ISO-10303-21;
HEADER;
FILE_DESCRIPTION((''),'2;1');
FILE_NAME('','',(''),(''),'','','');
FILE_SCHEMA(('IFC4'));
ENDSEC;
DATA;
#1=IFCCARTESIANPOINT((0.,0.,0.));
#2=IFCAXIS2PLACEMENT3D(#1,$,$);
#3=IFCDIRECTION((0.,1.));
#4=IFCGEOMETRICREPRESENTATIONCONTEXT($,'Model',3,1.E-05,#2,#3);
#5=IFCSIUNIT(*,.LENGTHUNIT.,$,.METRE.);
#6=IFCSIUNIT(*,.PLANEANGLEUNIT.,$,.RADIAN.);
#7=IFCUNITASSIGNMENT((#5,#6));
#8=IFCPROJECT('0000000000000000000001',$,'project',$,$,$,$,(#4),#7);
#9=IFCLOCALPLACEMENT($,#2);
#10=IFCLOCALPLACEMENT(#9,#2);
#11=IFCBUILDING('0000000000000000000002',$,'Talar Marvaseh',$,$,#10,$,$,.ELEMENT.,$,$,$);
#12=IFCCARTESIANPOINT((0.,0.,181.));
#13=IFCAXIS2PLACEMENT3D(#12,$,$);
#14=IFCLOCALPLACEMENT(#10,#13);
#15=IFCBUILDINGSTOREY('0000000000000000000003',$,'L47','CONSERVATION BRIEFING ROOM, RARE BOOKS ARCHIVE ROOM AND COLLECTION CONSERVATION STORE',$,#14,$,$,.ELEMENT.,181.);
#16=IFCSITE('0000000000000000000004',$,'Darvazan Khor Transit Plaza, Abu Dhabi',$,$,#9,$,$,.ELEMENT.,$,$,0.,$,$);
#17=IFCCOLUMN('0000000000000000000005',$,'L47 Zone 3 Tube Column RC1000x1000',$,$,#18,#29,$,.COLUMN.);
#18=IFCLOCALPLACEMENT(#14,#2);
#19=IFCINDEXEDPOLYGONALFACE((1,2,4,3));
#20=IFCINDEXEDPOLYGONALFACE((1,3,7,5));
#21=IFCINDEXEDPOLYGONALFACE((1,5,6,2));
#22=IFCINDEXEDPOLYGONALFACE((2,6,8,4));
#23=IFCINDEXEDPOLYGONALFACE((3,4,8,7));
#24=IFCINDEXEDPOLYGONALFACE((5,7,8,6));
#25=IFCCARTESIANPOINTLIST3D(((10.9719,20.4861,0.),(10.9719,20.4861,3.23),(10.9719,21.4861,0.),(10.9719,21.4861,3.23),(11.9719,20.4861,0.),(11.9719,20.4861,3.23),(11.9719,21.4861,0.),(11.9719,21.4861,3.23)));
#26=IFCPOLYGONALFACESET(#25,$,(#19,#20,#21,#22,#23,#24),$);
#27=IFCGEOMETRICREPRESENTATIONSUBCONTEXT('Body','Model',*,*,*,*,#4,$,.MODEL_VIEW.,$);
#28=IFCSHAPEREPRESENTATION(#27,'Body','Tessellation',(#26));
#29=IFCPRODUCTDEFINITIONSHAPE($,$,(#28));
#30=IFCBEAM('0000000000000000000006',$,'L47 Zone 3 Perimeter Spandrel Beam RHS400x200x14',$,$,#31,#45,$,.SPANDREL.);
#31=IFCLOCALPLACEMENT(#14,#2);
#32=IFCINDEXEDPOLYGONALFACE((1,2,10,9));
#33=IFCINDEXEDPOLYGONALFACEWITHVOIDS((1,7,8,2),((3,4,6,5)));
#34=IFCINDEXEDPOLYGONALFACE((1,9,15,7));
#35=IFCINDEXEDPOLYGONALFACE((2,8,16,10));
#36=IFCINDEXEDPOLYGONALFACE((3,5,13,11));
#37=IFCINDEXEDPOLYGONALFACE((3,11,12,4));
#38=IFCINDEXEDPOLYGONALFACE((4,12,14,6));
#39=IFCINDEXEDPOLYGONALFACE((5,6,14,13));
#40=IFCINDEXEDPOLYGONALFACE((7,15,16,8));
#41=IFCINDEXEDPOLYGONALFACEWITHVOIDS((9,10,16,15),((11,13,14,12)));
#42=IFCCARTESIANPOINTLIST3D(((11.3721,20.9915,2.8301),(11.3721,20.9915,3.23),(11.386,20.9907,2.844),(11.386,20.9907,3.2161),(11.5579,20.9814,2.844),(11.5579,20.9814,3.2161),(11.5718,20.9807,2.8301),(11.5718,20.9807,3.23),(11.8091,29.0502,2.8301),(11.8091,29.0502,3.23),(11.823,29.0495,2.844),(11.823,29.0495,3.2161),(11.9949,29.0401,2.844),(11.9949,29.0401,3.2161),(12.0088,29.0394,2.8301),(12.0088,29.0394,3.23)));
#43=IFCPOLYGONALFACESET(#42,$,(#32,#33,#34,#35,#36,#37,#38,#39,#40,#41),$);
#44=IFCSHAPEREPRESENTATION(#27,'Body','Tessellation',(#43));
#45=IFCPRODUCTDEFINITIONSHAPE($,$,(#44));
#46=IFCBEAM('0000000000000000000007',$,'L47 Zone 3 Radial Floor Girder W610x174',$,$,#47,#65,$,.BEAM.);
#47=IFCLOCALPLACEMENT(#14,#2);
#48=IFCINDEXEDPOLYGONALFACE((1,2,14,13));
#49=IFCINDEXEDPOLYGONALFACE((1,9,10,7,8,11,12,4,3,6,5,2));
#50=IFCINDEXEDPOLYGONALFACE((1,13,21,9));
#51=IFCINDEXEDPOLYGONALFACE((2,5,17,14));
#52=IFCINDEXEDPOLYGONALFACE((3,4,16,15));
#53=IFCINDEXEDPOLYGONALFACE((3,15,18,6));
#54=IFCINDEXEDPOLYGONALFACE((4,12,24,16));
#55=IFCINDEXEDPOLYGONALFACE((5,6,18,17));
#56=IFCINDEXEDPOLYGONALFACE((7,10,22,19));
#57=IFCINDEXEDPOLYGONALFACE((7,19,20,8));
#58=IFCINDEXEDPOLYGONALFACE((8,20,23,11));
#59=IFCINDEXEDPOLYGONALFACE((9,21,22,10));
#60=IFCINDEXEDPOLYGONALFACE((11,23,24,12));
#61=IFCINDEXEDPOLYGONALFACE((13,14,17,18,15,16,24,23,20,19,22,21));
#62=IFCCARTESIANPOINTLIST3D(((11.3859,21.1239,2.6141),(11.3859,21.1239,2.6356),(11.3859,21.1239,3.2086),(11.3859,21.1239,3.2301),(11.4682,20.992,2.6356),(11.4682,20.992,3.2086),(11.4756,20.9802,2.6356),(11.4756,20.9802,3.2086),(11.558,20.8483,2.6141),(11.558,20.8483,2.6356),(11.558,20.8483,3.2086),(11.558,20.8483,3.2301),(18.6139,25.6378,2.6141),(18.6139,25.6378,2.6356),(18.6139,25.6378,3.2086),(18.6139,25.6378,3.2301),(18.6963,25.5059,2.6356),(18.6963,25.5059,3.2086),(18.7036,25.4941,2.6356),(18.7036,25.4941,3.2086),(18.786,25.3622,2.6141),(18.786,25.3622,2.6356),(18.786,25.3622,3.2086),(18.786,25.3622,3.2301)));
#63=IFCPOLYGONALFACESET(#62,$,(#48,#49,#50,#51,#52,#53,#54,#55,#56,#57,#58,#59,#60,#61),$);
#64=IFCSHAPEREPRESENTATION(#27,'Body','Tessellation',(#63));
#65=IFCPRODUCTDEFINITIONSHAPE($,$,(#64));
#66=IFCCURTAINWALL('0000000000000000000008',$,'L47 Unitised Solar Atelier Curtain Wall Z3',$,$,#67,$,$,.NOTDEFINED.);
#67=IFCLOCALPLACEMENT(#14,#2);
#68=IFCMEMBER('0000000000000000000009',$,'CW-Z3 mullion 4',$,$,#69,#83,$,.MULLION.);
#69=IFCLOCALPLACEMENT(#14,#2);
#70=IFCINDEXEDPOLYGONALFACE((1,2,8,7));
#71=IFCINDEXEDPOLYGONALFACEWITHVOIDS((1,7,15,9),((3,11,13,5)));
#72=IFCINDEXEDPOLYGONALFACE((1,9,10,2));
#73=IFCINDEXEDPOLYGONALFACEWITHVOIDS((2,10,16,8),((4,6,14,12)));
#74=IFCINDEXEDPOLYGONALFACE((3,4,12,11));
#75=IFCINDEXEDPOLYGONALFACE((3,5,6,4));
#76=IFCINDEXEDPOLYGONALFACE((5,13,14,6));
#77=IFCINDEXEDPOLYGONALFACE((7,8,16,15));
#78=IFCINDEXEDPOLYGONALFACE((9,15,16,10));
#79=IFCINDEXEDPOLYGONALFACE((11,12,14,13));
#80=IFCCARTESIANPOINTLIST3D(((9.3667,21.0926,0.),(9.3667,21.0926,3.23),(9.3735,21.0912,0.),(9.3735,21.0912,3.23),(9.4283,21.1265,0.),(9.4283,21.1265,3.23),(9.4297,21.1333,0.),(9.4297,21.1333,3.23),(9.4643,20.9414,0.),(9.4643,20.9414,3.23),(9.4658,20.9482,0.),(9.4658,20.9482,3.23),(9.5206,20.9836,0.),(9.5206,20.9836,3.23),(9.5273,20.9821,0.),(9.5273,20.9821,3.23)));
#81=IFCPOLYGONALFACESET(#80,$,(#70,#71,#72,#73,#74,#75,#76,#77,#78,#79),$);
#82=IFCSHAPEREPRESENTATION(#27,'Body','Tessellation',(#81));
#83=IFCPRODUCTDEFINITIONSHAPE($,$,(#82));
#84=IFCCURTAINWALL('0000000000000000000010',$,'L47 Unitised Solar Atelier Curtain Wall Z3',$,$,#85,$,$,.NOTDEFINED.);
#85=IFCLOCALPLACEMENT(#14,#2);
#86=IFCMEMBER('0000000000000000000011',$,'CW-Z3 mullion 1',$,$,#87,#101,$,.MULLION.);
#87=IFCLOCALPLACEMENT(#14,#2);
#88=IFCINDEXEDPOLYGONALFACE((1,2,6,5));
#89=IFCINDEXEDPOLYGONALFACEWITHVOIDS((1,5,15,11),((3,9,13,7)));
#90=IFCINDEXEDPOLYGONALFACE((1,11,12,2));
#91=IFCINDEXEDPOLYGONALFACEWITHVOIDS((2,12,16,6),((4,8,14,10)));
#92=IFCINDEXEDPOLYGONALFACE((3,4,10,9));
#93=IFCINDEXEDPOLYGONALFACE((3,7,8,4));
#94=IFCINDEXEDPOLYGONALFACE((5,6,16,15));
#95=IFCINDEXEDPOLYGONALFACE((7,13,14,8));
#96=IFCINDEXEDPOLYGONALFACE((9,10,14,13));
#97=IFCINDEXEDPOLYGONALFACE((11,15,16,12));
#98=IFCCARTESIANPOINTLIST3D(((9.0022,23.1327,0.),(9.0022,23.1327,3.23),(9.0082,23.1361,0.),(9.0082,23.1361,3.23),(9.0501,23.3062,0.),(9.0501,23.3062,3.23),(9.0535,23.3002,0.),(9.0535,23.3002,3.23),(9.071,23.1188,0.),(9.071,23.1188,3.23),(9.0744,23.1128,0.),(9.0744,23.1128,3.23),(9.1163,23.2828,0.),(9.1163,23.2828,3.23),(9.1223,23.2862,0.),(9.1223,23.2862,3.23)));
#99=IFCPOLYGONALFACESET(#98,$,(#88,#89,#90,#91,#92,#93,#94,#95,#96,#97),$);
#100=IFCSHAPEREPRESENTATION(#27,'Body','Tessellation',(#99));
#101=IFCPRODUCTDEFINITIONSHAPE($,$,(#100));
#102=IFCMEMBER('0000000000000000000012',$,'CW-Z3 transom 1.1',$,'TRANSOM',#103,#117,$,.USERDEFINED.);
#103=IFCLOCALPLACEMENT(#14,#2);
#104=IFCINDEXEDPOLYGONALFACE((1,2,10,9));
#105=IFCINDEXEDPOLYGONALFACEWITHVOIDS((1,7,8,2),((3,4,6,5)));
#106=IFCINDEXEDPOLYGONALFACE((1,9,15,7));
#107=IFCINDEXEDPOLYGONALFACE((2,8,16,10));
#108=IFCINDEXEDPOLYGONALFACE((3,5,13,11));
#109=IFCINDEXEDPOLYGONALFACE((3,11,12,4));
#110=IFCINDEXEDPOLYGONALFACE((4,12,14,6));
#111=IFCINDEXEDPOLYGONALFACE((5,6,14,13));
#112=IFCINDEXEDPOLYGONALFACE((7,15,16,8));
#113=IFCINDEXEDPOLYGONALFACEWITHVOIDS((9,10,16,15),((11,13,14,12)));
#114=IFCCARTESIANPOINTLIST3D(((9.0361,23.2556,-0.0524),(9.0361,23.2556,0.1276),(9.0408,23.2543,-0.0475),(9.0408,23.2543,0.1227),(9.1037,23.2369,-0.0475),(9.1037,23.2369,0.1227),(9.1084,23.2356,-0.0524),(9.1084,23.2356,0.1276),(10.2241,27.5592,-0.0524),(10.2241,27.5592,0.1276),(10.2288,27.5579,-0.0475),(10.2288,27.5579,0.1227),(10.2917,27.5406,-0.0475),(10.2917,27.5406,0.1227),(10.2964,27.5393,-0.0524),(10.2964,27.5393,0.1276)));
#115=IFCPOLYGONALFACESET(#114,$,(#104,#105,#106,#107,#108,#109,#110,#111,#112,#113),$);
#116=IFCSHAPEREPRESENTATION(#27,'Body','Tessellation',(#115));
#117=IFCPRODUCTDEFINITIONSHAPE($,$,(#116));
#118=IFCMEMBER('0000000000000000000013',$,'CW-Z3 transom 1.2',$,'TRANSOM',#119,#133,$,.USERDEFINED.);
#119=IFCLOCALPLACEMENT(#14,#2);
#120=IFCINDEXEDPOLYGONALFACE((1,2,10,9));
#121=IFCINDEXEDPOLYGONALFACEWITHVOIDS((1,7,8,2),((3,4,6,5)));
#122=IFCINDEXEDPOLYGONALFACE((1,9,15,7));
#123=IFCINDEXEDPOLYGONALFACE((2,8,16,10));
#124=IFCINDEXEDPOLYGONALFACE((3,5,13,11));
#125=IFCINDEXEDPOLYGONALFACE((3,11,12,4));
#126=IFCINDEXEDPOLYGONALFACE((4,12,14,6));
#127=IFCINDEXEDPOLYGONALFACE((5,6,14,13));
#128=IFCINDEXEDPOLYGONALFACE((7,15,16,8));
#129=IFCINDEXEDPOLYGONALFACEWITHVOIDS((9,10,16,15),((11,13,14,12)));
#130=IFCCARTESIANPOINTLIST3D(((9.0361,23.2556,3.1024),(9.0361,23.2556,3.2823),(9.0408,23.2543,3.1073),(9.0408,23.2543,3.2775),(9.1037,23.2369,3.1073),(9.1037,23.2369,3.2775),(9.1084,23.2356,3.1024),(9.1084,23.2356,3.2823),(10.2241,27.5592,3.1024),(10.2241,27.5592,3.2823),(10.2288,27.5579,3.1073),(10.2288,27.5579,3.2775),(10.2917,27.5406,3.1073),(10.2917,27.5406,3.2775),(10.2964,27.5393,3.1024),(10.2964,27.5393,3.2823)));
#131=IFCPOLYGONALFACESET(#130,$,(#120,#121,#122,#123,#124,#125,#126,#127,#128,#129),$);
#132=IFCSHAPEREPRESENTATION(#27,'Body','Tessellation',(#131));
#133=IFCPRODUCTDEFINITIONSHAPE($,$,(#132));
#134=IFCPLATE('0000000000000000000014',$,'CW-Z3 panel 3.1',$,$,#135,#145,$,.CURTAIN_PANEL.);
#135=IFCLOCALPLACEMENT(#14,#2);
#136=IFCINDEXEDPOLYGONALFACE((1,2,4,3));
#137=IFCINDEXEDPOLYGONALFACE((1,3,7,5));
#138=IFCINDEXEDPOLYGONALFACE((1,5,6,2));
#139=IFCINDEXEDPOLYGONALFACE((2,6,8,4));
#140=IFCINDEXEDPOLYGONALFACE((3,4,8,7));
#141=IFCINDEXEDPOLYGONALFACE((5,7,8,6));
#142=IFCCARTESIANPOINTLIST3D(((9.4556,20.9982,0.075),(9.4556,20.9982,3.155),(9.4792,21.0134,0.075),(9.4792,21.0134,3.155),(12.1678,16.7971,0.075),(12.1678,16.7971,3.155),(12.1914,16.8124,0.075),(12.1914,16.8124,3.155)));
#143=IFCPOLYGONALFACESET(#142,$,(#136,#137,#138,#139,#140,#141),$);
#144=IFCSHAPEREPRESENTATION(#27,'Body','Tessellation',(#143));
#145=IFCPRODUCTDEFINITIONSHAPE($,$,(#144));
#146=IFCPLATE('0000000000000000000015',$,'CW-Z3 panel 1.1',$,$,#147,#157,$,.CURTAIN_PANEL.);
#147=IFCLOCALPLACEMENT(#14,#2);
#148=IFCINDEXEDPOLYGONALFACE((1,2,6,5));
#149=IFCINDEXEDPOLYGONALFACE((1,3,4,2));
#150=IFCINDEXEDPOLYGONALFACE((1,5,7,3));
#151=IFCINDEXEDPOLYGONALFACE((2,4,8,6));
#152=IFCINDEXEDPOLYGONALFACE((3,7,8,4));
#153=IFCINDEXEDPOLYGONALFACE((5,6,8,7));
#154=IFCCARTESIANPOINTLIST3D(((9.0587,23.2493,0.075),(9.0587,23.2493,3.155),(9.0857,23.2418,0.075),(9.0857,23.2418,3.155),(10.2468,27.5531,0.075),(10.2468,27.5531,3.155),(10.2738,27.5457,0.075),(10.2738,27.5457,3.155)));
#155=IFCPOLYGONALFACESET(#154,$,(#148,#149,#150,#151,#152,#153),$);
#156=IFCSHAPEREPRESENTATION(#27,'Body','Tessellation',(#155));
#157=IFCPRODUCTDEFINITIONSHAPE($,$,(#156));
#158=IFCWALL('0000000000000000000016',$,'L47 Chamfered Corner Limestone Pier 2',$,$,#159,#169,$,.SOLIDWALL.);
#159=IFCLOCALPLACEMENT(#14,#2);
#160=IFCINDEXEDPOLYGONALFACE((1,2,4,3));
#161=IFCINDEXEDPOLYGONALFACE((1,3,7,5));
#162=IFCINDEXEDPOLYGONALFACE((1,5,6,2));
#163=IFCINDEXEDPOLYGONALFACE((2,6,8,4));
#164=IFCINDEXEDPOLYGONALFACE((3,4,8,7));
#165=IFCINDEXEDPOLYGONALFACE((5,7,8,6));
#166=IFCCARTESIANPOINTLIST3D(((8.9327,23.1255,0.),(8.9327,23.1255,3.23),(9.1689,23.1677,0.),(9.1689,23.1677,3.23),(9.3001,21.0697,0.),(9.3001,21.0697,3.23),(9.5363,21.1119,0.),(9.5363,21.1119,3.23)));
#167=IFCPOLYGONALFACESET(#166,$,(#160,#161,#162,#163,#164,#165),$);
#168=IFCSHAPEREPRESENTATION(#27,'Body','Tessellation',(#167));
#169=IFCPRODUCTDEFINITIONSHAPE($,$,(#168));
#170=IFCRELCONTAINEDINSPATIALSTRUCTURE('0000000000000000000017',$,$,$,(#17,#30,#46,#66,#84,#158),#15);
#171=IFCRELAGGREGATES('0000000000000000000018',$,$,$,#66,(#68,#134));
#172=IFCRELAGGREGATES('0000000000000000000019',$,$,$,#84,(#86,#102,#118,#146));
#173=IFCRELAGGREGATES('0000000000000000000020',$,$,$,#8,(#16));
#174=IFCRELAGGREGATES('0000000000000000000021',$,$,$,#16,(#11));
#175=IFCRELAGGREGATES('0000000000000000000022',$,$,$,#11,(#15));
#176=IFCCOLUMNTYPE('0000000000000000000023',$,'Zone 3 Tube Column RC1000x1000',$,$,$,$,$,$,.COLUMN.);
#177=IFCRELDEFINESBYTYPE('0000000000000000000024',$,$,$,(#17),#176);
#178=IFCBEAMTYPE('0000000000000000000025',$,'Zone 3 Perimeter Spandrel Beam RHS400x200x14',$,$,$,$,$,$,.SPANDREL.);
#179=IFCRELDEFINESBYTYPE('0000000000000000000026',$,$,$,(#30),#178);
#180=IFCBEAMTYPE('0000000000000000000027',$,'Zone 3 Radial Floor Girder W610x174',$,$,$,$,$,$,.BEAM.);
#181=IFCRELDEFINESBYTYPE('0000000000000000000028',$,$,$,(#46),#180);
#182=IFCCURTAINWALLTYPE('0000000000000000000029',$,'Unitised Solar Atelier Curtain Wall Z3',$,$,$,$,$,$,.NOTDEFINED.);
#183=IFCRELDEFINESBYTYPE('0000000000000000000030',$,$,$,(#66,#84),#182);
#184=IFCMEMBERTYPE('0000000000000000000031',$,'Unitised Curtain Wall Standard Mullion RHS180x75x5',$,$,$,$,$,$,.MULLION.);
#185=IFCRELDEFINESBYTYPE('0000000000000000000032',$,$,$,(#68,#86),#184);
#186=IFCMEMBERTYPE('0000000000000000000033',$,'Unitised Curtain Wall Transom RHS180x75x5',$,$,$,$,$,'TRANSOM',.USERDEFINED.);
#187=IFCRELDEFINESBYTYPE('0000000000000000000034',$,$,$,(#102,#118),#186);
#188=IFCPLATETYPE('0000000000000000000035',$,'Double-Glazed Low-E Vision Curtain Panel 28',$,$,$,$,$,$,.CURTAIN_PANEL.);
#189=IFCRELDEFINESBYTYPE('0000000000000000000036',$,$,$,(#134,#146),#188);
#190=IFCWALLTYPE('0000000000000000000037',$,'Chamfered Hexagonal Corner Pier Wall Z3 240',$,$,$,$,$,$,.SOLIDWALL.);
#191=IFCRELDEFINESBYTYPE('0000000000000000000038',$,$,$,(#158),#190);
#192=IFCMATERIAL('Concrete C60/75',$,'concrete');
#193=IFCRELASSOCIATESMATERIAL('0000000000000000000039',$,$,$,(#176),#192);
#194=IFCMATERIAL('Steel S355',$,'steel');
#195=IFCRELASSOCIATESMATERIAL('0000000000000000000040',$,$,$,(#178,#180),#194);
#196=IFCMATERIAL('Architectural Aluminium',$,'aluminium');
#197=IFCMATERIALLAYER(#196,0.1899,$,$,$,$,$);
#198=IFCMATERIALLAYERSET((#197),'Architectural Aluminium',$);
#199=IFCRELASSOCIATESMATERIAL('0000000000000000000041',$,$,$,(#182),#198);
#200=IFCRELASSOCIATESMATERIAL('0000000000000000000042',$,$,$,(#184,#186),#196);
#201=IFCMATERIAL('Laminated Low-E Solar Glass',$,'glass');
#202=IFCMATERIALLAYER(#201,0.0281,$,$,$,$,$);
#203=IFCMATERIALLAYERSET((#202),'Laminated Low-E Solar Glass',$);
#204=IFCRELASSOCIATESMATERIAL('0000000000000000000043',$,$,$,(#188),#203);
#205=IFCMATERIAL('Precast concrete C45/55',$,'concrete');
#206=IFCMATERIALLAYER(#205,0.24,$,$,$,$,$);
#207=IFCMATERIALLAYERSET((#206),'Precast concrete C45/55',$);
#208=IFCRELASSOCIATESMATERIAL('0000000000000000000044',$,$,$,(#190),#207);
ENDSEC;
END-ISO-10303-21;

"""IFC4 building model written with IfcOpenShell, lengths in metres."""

from ifc_helpers import new_model, si_unit, direction, frame, frame_2d, origin, origin_2d, place, context, subcontext, project, spatial, rectangle, hollow_rectangle, i_section, extrude, source, transform, mapped, material, layer, layer_set, material_profile, profile_set, type_object, type_shapes, element, aggregate, save


model = new_model("IFC4")

# Units and contexts
model_context = context("Model", 3, precision=1e-05, world=origin(), true_north=direction((0.0, 1.0)))
body_context = subcontext(model_context, "Body", "Model", "MODEL_VIEW")
ifc_project = project(units=[si_unit("LENGTHUNIT", "METRE"), si_unit("PLANEANGLEUNIT", "RADIAN")], contexts=[model_context])

# Site, building, storey
site_placement = place(None, origin())
site = spatial("IfcSite", under=ifc_project, at=site_placement, Name="Darvazan Khor Transit Plaza, Abu Dhabi", CompositionType="ELEMENT", RefElevation=0.0)
building_placement = place(site_placement, origin())
building = spatial("IfcBuilding", under=site, at=building_placement, Name="Talar Marvaseh", CompositionType="ELEMENT")
storey_placement = place(building_placement, frame((0.0, 0.0, 181.0)))
storey = spatial("IfcBuildingStorey", under=building, at=storey_placement, Name="L47", Description="CONSERVATION BRIEFING ROOM, RARE BOOKS ARCHIVE ROOM AND COLLECTION CONSERVATION STORE", CompositionType="ELEMENT", Elevation=181.0)

# Column
ifc_material_1 = material(Name="Concrete C60/75", Category="concrete")
ifc_material_profile_1 = material_profile(ifc_material_1, rectangle(XDim=1.0, YDim=1.0, at=origin_2d()), Name="RC1000x1000")
ifc_profile_set_1 = profile_set([ifc_material_profile_1], Name="Concrete C60/75")
column_type = type_object("IfcColumnType", Name="Zone 3 Tube Column RC1000x1000", PredefinedType="COLUMN", material=ifc_profile_set_1)
column_placement = place(storey_placement, frame((11.4719, 20.9861, 0.0), z_axis=(0.0, 0.0, 1.0), x_axis=(1.0, 0.0, 0.0)))
element("IfcColumn", 1, at=column_placement, inside=storey, type_object=column_type, Name="L47 Zone 3 Tube Column RC1000x1000", PredefinedType="COLUMN", context=body_context, shape_type="SweptSolid", body=[
    extrude(rectangle(XDim=1.0, YDim=1.0, at=origin_2d()), origin(), (0.0, 0.0, 1.0), 3.23),
])

# Beams
ifc_material_2 = material(Name="Steel S355", Category="steel")
ifc_material_profile_2 = material_profile(ifc_material_2, hollow_rectangle(XDim=0.2, YDim=0.3999, WallThickness=0.0139, at=origin_2d()), Name="RHS400x200x14")
ifc_profile_set_2 = profile_set([ifc_material_profile_2], Name="Steel S355")
beam_type_1 = type_object("IfcBeamType", Name="Zone 3 Perimeter Spandrel Beam RHS400x200x14", PredefinedType="SPANDREL", material=ifc_profile_set_2)
beam_1_placement = place(storey_placement, frame((11.4719, 20.9861, 3.03), z_axis=(0.054148, 0.998533, 0.0), x_axis=(-0.998533, 0.054148, 0.0)))
element("IfcBeam", 2, at=beam_1_placement, inside=storey, type_object=beam_type_1, Name="L47 Zone 3 Perimeter Spandrel Beam RHS400x200x14", PredefinedType="SPANDREL", context=body_context, shape_type="SweptSolid", body=[
    extrude(hollow_rectangle(XDim=0.2, YDim=0.3999, WallThickness=0.0139, at=origin_2d()), origin(), (0.0, 0.0, 1.0), 8.0706),
])
ifc_material_profile_3 = material_profile(ifc_material_2, i_section(OverallWidth=0.325, OverallDepth=0.616, WebThickness=0.0139, FlangeThickness=0.0215, at=origin_2d()), Name="W610x174")
ifc_profile_set_3 = profile_set([ifc_material_profile_3], Name="Steel S355")
beam_type_2 = type_object("IfcBeamType", Name="Zone 3 Radial Floor Girder W610x174", PredefinedType="BEAM", material=ifc_profile_set_3)
beam_2_placement = place(storey_placement, frame((11.4719, 20.9861, 2.9221), z_axis=(0.848188, 0.529695, 0.0), x_axis=(-0.529695, 0.848188, 0.0)))
element("IfcBeam", 3, at=beam_2_placement, inside=storey, type_object=beam_type_2, Name="L47 Zone 3 Radial Floor Girder W610x174", PredefinedType="BEAM", context=body_context, shape_type="SweptSolid", body=[
    extrude(i_section(OverallWidth=0.325, OverallDepth=0.616, WebThickness=0.0139, FlangeThickness=0.0215, at=origin_2d()), origin(), (0.0, 0.0, 1.0), 8.5217),
])

# Curtain wall, member
ifc_material_3 = material(Name="Architectural Aluminium", Category="aluminium")
ifc_layer_1 = layer(ifc_material_3, 0.1899)
ifc_layer_set_1 = layer_set([ifc_layer_1], Name="Architectural Aluminium")
curtain_wall_type = type_object("IfcCurtainWallType", Name="Unitised Solar Atelier Curtain Wall Z3", PredefinedType="NOTDEFINED", material=ifc_layer_set_1)
curtain_wall_1_placement = place(storey_placement, origin())
curtain_wall_1 = element("IfcCurtainWall", 4, at=curtain_wall_1_placement, inside=storey, type_object=curtain_wall_type, Name="L47 Unitised Solar Atelier Curtain Wall Z3", PredefinedType="NOTDEFINED")
ifc_material_profile_4 = material_profile(ifc_material_3, hollow_rectangle(XDim=0.075, YDim=0.1799, WallThickness=0.0049, at=origin_2d()), Name="RHS180x75x5")
ifc_profile_set_4 = profile_set([ifc_material_profile_4], Name="Architectural Aluminium")
member_type_1 = type_object("IfcMemberType", Name="Unitised Curtain Wall Standard Mullion RHS180x75x5", PredefinedType="MULLION", material=ifc_profile_set_4)
shared_shape_1 = source(origin(), body_context, "Body", "SweptSolid", [
    extrude(hollow_rectangle(XDim=0.075, YDim=0.1799, WallThickness=0.0049, at=origin_2d()), origin(), (0.0, 0.0, 1.0), 3.23),
])
type_shapes(member_type_1, [shared_shape_1])
member_1_placement = place(storey_placement, frame((9.447, 21.0374, 0.0), z_axis=(0.0, 0.0, 1.0), x_axis=(-0.840129, -0.542386, 0.0)))
member_1 = element("IfcMember", 5, at=member_1_placement, type_object=member_type_1, Name="CW-Z3 mullion 4", PredefinedType="MULLION", context=body_context, shape_type="MappedRepresentation", body=[
    mapped(shared_shape_1, transform((0.0, 0.0, 0.0), x_axis=(1.0, 0.0, 0.0), y_axis=(0.0, 1.0, 0.0), z_axis=(0.0, 0.0, 1.0), scale=1.0)),
])

# Curtain wall, members
curtain_wall_2_placement = place(storey_placement, origin())
curtain_wall_2 = element("IfcCurtainWall", 6, at=curtain_wall_2_placement, inside=storey, type_object=curtain_wall_type, Name="L47 Unitised Solar Atelier Curtain Wall Z3", PredefinedType="NOTDEFINED")
member_2_placement = place(storey_placement, frame((9.0623, 23.2095, 0.0), z_axis=(0.0, 0.0, 1.0), x_axis=(-0.963945, 0.2661, 0.0)))
member_2 = element("IfcMember", 7, at=member_2_placement, type_object=member_type_1, Name="CW-Z3 mullion 1", PredefinedType="MULLION", context=body_context, shape_type="MappedRepresentation", body=[
    mapped(shared_shape_1, transform((0.0, 0.0, 0.0), x_axis=(1.0, 0.0, 0.0), y_axis=(0.0, 1.0, 0.0), z_axis=(0.0, 0.0, 1.0), scale=1.0)),
])
ifc_material_profile_5 = material_profile(ifc_material_3, hollow_rectangle(XDim=0.075, YDim=0.1799, WallThickness=0.0049, at=origin_2d()), Name="RHS180x75x5")
ifc_profile_set_5 = profile_set([ifc_material_profile_5], Name="Architectural Aluminium")
member_type_2 = type_object("IfcMemberType", Name="Unitised Curtain Wall Transom RHS180x75x5", ElementType="TRANSOM", PredefinedType="USERDEFINED", material=ifc_profile_set_5)
shared_shape_2 = source(origin(), body_context, "Body", "SweptSolid", [
    extrude(hollow_rectangle(XDim=0.075, YDim=0.1799, WallThickness=0.0049, at=origin_2d()), origin(), (0.0, 0.0, 1.0), 4.4646),
])
type_shapes(member_type_2, [shared_shape_2])
member_3_placement = place(storey_placement, frame((9.0723, 23.2456, 0.0376), z_axis=(0.266087, 0.963949, 0.0), x_axis=(-0.963949, 0.266087, 0.0)))
member_3 = element("IfcMember", 8, at=member_3_placement, type_object=member_type_2, Name="CW-Z3 transom 1.1", ObjectType="TRANSOM", PredefinedType="USERDEFINED", context=body_context, shape_type="MappedRepresentation", body=[
    mapped(shared_shape_2, transform((0.0, 0.0, 0.0), x_axis=(1.0, 0.0, 0.0), y_axis=(0.0, 1.0, 0.0), z_axis=(0.0, 0.0, 1.0), scale=1.0)),
])
member_4_placement = place(storey_placement, frame((9.0723, 23.2456, 3.1924), z_axis=(0.266087, 0.963949, 0.0), x_axis=(-0.963949, 0.266087, 0.0)))
member_4 = element("IfcMember", 9, at=member_4_placement, type_object=member_type_2, Name="CW-Z3 transom 1.2", ObjectType="TRANSOM", PredefinedType="USERDEFINED", context=body_context, shape_type="MappedRepresentation", body=[
    mapped(shared_shape_2, transform((0.0, 0.0, 0.0), x_axis=(1.0, 0.0, 0.0), y_axis=(0.0, 1.0, 0.0), z_axis=(0.0, 0.0, 1.0), scale=1.0)),
])

# Plates
ifc_material_4 = material(Name="Laminated Low-E Solar Glass", Category="glass")
ifc_layer_2 = layer(ifc_material_4, 0.0281)
ifc_layer_set_2 = layer_set([ifc_layer_2], Name="Laminated Low-E Solar Glass")
plate_type = type_object("IfcPlateType", Name="Double-Glazed Low-E Vision Curtain Panel 28", PredefinedType="CURTAIN_PANEL", material=ifc_layer_set_2)
shared_shape_3 = source(origin(), body_context, "Body", "SweptSolid", [
    extrude(rectangle(XDim=5.0005, YDim=0.0281, at=origin_2d()), origin(), (0.0, 0.0, 1.0), 3.0801),
])
plate_1_placement = place(storey_placement, frame((10.8235, 18.9053, 0.075), z_axis=(0.0, 0.0, 1.0), x_axis=(-0.542386, 0.840129, 0.0)))
plate_1 = element("IfcPlate", 10, at=plate_1_placement, type_object=plate_type, Name="CW-Z3 panel 3.1", PredefinedType="CURTAIN_PANEL", context=body_context, shape_type="MappedRepresentation", body=[
    mapped(shared_shape_3, transform((0.0, 0.0, 0.0), x_axis=(1.0, 0.0, 0.0), y_axis=(0.0, 1.0, 0.0), z_axis=(0.0, 0.0, 1.0), scale=1.0)),
])
aggregate(curtain_wall_1, [member_1, plate_1])
shared_shape_4 = source(origin(), body_context, "Body", "SweptSolid", [
    extrude(rectangle(XDim=4.4648, YDim=0.0281, at=origin_2d()), origin(), (0.0, 0.0, 1.0), 3.0801),
])
type_shapes(plate_type, [shared_shape_3, shared_shape_4])
plate_2_placement = place(storey_placement, frame((9.6663, 25.3975, 0.075), z_axis=(0.0, 0.0, 1.0), x_axis=(0.2661, 0.963945, 0.0)))
plate_2 = element("IfcPlate", 11, at=plate_2_placement, type_object=plate_type, Name="CW-Z3 panel 1.1", PredefinedType="CURTAIN_PANEL", context=body_context, shape_type="MappedRepresentation", body=[
    mapped(shared_shape_4, transform((0.0, 0.0, 0.0), x_axis=(1.0, 0.0, 0.0), y_axis=(0.0, 1.0, 0.0), z_axis=(0.0, 0.0, 1.0), scale=1.0)),
])
aggregate(curtain_wall_2, [member_2, member_3, member_4, plate_2])

# Wall
ifc_material_5 = material(Name="Precast concrete C45/55", Category="concrete")
ifc_layer_3 = layer(ifc_material_5, 0.24)
ifc_layer_set_3 = layer_set([ifc_layer_3], Name="Precast concrete C45/55")
wall_type = type_object("IfcWallType", Name="Chamfered Hexagonal Corner Pier Wall Z3 240", PredefinedType="SOLIDWALL", material=ifc_layer_set_3)
wall_placement = place(storey_placement, frame((9.4182, 21.0908, 0.0), z_axis=(0.0, 0.0, 1.0), x_axis=(-0.175932, 0.984402, 0.0)))
element("IfcWall", 12, at=wall_placement, inside=storey, type_object=wall_type, Name="L47 Chamfered Corner Limestone Pier 2", PredefinedType="SOLIDWALL", context=body_context, shape_type="SweptSolid", body=[
    extrude(rectangle(XDim=2.0884, YDim=0.24, at=frame_2d((1.0442, 0.0))), origin(), (0.0, 0.0, 1.0), 3.23),
])

save(model, "model.ifc")
